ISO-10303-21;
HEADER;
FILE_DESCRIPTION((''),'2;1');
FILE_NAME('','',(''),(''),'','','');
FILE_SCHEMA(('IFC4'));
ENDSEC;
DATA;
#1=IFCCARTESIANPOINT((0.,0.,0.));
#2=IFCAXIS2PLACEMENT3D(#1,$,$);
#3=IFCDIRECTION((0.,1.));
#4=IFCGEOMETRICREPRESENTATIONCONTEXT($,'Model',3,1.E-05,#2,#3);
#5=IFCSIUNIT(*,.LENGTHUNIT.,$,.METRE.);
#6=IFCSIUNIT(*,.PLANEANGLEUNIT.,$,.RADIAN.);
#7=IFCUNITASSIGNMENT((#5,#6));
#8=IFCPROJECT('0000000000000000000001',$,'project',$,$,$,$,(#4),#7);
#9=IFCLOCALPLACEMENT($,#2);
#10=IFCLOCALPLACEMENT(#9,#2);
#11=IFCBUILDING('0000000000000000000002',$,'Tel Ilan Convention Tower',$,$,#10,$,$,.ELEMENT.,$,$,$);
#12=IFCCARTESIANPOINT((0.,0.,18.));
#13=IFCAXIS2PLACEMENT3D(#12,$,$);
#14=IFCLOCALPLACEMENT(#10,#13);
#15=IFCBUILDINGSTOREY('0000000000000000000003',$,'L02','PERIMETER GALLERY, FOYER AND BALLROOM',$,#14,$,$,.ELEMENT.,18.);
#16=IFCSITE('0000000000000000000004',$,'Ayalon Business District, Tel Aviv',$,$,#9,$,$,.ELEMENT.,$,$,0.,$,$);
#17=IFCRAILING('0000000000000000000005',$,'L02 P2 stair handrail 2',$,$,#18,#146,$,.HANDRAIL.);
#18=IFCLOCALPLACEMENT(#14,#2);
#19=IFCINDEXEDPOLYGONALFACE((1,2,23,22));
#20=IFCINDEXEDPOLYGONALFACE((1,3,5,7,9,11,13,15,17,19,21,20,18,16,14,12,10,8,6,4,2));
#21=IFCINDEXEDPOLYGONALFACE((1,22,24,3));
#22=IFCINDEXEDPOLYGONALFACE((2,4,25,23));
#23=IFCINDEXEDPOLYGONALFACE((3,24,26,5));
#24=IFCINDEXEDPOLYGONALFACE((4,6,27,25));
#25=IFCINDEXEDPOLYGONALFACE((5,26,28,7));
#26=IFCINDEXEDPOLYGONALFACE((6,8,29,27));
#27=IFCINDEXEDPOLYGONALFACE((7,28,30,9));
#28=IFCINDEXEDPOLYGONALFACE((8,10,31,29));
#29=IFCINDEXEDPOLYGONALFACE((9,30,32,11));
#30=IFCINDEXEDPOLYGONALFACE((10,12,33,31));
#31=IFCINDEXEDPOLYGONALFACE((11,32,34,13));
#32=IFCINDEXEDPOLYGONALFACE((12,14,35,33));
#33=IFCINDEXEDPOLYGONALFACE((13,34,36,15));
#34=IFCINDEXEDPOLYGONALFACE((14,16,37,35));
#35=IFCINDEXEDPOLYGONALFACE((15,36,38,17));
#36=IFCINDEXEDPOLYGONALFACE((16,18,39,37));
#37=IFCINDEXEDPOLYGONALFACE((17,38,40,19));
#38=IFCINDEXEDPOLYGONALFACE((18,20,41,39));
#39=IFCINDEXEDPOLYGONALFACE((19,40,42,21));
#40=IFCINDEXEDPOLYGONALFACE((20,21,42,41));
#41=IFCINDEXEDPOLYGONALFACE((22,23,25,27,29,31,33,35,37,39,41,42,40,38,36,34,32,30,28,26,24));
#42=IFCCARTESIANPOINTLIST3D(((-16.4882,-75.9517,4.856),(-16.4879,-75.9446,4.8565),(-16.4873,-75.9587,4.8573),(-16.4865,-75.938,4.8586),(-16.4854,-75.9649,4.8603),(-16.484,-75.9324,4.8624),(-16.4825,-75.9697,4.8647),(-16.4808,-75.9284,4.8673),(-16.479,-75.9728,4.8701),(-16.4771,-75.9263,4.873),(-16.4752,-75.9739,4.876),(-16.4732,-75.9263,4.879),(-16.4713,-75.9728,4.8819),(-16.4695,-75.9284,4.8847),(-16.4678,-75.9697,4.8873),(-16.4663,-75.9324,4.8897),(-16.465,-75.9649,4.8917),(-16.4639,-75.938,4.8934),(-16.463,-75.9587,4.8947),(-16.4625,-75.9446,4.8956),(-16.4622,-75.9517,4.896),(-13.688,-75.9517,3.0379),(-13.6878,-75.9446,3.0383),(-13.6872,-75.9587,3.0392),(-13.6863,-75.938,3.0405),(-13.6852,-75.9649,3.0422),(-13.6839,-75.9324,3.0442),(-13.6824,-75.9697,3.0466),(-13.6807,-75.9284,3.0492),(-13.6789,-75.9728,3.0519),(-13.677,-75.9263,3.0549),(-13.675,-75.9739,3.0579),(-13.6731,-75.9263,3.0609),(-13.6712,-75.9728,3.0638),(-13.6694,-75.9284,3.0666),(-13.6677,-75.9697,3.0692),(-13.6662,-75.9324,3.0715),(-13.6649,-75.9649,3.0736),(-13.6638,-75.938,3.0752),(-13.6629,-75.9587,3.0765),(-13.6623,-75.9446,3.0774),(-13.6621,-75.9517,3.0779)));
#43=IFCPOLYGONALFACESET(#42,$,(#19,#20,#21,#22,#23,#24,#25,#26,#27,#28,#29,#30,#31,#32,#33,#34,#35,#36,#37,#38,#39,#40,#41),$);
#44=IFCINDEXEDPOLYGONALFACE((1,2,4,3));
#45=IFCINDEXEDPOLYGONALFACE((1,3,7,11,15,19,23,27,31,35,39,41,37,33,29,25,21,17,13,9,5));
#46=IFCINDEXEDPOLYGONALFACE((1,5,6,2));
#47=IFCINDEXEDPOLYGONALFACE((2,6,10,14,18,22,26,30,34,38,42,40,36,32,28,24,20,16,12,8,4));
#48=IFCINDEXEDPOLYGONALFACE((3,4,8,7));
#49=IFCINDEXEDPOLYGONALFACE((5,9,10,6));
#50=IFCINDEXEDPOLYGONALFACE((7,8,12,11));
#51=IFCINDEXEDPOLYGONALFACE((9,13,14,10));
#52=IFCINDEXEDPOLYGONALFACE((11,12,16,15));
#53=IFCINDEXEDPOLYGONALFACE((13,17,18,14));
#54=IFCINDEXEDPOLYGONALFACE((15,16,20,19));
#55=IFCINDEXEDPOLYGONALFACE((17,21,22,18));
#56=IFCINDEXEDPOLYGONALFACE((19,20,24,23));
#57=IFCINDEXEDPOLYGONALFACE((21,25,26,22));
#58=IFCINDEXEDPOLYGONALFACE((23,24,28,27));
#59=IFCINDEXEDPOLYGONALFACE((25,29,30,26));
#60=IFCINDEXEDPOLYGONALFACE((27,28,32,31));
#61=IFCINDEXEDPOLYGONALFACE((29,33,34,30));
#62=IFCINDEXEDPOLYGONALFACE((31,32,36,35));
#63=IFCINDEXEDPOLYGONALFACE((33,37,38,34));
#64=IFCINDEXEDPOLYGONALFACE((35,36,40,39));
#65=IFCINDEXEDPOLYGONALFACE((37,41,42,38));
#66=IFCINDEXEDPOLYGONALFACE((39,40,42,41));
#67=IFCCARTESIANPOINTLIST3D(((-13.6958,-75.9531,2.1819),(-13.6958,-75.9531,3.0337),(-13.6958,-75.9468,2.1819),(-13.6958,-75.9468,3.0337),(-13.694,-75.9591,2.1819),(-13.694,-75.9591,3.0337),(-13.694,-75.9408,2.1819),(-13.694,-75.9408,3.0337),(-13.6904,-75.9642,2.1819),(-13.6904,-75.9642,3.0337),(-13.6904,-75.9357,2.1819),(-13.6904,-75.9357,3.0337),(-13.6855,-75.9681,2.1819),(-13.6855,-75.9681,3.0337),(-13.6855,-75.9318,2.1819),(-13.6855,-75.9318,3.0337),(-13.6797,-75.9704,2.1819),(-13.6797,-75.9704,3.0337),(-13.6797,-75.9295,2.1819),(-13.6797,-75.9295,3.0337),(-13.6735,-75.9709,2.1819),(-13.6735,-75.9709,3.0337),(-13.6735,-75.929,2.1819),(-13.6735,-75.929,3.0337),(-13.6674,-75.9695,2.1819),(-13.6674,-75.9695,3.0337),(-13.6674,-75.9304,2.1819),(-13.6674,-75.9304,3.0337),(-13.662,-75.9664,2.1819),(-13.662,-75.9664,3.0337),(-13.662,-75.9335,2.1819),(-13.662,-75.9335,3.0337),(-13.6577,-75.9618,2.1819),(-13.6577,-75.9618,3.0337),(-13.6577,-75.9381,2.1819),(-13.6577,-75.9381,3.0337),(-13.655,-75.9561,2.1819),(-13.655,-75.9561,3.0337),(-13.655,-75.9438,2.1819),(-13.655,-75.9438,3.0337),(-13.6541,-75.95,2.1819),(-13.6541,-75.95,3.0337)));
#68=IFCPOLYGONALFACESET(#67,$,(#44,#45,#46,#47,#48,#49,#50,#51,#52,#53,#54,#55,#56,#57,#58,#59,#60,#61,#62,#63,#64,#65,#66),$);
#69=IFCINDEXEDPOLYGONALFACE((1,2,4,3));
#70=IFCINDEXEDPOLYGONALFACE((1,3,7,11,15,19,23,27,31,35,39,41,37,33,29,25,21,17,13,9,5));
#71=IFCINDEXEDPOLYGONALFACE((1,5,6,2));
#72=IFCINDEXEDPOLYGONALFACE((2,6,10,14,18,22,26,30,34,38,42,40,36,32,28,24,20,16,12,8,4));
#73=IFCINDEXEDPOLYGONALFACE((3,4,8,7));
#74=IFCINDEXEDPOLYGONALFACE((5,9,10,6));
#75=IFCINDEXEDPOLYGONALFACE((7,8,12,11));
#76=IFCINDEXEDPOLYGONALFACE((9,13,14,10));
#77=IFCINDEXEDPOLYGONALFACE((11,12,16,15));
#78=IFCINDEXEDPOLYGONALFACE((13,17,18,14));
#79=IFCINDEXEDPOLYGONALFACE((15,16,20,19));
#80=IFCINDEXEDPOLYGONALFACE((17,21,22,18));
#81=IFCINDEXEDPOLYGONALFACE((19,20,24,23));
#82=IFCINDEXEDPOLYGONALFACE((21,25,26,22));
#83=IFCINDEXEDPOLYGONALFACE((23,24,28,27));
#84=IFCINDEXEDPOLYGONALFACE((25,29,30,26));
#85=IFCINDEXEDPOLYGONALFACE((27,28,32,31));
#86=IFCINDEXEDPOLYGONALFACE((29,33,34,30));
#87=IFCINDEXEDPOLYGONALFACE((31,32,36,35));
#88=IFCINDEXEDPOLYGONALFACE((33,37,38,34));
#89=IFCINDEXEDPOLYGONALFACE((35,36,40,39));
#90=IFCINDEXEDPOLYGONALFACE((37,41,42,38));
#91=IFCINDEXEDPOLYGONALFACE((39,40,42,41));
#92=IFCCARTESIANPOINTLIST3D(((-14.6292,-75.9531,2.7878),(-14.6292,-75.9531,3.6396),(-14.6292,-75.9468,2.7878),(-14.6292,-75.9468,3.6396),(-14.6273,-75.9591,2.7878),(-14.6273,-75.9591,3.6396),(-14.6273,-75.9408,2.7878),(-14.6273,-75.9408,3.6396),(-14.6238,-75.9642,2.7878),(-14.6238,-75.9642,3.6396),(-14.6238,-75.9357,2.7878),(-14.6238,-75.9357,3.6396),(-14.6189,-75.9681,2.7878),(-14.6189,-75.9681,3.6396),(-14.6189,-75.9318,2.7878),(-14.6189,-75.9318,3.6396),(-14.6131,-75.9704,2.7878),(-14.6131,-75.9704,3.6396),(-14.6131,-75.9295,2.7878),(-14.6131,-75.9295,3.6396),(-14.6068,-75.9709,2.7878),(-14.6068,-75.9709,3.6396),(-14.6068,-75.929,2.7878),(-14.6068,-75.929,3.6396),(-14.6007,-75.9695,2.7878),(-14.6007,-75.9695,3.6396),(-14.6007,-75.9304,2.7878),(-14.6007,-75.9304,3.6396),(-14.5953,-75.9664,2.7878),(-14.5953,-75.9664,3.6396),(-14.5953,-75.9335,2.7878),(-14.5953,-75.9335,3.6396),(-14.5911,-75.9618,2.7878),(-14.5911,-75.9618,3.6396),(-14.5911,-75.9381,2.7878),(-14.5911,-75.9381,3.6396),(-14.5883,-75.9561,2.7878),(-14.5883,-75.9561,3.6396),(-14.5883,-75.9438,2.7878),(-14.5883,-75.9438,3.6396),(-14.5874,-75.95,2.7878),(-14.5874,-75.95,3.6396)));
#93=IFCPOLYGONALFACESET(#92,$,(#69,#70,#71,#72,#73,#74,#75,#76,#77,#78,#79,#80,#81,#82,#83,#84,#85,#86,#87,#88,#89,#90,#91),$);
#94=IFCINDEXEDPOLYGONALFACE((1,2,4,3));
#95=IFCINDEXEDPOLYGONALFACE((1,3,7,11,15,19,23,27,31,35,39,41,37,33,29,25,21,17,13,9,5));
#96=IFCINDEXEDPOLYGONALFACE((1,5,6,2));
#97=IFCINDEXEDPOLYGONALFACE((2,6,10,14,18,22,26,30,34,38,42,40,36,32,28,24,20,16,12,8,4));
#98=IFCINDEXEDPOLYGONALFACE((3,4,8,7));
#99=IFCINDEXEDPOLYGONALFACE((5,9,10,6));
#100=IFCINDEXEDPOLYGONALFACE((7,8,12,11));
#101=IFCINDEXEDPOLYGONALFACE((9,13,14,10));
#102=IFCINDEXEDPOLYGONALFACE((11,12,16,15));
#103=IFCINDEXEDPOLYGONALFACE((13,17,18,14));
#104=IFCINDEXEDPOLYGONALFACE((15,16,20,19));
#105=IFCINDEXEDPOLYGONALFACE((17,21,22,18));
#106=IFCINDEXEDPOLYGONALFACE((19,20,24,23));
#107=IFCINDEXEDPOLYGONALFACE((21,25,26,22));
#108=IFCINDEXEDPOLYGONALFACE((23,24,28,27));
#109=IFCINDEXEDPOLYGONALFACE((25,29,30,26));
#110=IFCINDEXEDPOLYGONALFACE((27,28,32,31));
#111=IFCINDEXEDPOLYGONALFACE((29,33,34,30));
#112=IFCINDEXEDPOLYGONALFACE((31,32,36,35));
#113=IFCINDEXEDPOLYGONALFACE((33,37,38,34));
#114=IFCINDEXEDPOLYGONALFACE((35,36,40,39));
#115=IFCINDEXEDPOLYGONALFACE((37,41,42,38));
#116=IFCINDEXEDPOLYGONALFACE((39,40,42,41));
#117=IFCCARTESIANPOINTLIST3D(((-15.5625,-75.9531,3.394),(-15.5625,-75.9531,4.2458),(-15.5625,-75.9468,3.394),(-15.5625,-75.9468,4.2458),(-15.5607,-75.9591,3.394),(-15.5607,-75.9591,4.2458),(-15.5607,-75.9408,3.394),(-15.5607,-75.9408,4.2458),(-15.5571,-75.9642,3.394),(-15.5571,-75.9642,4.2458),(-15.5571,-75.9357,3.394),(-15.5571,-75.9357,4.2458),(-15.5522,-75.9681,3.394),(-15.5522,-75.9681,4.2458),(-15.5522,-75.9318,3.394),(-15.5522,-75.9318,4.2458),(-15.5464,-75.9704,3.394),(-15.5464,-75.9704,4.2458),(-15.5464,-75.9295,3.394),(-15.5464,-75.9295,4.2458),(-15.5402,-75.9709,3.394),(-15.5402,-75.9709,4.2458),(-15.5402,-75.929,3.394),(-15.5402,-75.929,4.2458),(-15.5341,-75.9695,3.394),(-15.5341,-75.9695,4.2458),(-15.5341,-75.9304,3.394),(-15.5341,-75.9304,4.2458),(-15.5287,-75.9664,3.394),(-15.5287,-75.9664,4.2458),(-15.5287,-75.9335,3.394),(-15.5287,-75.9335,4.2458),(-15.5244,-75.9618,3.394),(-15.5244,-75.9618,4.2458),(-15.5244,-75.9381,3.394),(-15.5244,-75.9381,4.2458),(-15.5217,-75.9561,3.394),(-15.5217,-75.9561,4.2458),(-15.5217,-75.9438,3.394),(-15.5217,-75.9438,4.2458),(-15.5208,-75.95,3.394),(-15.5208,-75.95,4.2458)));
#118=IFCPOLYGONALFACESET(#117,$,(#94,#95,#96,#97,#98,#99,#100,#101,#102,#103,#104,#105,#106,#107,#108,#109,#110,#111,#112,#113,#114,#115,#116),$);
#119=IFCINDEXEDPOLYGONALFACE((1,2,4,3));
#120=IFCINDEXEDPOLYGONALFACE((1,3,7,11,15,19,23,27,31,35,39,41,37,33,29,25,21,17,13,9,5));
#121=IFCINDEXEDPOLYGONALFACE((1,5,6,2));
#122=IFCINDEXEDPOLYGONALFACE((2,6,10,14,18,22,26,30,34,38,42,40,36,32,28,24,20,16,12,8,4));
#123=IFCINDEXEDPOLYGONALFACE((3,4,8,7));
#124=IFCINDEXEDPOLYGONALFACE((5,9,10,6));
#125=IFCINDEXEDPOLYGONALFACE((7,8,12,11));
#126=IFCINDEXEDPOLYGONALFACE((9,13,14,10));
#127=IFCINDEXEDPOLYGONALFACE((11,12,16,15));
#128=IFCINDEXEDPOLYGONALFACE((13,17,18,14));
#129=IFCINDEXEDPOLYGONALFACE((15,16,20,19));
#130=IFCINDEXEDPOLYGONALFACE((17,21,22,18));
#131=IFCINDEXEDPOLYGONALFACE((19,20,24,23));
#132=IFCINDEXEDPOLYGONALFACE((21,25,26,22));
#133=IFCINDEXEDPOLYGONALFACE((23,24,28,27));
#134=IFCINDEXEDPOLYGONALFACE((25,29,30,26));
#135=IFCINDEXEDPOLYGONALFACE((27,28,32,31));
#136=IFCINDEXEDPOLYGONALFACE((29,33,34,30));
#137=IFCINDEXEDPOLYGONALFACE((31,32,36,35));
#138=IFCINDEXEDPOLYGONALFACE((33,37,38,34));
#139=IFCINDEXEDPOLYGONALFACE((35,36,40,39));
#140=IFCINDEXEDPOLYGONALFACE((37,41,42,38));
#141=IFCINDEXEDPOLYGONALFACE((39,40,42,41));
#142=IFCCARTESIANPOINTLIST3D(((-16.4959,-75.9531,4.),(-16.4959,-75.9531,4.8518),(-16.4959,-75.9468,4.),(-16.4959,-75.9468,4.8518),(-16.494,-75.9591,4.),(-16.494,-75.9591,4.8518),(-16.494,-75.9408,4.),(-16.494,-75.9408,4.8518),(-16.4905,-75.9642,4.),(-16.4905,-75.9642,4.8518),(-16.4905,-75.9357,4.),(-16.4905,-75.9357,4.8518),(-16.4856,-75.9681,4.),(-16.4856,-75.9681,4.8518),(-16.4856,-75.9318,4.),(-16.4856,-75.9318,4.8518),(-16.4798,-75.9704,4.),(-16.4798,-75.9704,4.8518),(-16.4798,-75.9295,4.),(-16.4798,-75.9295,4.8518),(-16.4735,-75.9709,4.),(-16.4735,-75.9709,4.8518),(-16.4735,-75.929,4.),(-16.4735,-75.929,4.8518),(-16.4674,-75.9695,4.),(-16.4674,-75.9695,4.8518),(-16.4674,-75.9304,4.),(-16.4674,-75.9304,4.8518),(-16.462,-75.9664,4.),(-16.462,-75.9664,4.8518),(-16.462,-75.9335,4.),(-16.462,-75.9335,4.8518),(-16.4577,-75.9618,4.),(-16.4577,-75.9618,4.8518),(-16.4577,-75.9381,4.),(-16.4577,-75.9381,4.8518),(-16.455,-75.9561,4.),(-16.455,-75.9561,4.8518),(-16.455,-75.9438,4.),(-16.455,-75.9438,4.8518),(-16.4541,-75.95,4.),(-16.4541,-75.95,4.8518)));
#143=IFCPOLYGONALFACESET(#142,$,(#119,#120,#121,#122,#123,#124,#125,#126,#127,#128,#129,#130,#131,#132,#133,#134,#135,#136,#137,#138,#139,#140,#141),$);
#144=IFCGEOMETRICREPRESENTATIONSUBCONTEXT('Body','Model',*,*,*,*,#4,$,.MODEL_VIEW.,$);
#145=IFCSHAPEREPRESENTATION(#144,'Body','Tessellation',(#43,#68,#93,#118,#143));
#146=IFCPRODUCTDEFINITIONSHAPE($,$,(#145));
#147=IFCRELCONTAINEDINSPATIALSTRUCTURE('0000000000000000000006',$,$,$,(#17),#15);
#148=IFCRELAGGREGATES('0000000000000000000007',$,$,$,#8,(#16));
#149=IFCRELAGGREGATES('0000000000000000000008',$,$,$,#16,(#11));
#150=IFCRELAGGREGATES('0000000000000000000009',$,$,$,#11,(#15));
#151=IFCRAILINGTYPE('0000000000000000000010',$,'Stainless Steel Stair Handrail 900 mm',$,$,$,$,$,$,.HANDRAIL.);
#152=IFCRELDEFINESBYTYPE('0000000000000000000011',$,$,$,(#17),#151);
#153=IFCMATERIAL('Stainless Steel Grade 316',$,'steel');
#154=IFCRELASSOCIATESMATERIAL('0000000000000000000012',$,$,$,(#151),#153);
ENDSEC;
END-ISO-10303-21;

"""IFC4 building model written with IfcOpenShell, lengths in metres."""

from ifc_helpers import new_model, si_unit, direction, frame, origin, origin_2d, place, context, subcontext, project, spatial, circle, extrude, material, type_object, element, save


model = new_model("IFC4")

# Units and contexts
model_context = context("Model", 3, precision=1e-05, world=origin(), true_north=direction((0.0, 1.0)))
body_context = subcontext(model_context, "Body", "Model", "MODEL_VIEW")
ifc_project = project(units=[si_unit("LENGTHUNIT", "METRE"), si_unit("PLANEANGLEUNIT", "RADIAN")], contexts=[model_context])

# Site, building, storey
site_placement = place(None, origin())
site = spatial("IfcSite", under=ifc_project, at=site_placement, Name="Ayalon Business District, Tel Aviv", CompositionType="ELEMENT", RefElevation=0.0)
building_placement = place(site_placement, origin())
building = spatial("IfcBuilding", under=site, at=building_placement, Name="Tel Ilan Convention Tower", CompositionType="ELEMENT")
storey_placement = place(building_placement, frame((0.0, 0.0, 18.0)))
storey = spatial("IfcBuildingStorey", under=building, at=storey_placement, Name="L02", Description="PERIMETER GALLERY, FOYER AND BALLROOM", CompositionType="ELEMENT", Elevation=18.0)

# Railing
ifc_material_1 = material(Name="Stainless Steel Grade 316", Category="steel")
railing_type_1 = type_object("IfcRailingType", Name="Stainless Steel Stair Handrail 900 mm", PredefinedType="HANDRAIL", material=ifc_material_1)
for number, where, name in (
    (1, (-13.675, -75.95, 2.1819), "L02 P2 stair handrail 2"),
):
    element("IfcRailing", number, at=place(storey_placement, frame(where)), inside=storey, type_object=railing_type_1, Name=name, PredefinedType="HANDRAIL", context=body_context, shape_type="SweptSolid", body=[
        extrude(circle(Radius=0.0239, at=origin_2d()), frame((0.0, 0.0, 0.876), z_axis=(-0.838706, 0.0, 0.544585), x_axis=(0.0, -1.0, 0.0)), (0.0, 0.0, 1.0), 3.3386),
        extrude(circle(Radius=0.021, at=origin_2d()), origin(), (0.0, 0.0, 1.0), 0.8518),
        extrude(circle(Radius=0.021, at=origin_2d()), frame((-0.9333, 0.0, 0.606)), (0.0, 0.0, 1.0), 0.8518),
        extrude(circle(Radius=0.021, at=origin_2d()), frame((-1.8667, 0.0, 1.2122)), (0.0, 0.0, 1.0), 0.8518),
        extrude(circle(Radius=0.021, at=origin_2d()), frame((-2.8, 0.0, 1.8181)), (0.0, 0.0, 1.0), 0.8518),
    ])

save(model, "model.ifc")
